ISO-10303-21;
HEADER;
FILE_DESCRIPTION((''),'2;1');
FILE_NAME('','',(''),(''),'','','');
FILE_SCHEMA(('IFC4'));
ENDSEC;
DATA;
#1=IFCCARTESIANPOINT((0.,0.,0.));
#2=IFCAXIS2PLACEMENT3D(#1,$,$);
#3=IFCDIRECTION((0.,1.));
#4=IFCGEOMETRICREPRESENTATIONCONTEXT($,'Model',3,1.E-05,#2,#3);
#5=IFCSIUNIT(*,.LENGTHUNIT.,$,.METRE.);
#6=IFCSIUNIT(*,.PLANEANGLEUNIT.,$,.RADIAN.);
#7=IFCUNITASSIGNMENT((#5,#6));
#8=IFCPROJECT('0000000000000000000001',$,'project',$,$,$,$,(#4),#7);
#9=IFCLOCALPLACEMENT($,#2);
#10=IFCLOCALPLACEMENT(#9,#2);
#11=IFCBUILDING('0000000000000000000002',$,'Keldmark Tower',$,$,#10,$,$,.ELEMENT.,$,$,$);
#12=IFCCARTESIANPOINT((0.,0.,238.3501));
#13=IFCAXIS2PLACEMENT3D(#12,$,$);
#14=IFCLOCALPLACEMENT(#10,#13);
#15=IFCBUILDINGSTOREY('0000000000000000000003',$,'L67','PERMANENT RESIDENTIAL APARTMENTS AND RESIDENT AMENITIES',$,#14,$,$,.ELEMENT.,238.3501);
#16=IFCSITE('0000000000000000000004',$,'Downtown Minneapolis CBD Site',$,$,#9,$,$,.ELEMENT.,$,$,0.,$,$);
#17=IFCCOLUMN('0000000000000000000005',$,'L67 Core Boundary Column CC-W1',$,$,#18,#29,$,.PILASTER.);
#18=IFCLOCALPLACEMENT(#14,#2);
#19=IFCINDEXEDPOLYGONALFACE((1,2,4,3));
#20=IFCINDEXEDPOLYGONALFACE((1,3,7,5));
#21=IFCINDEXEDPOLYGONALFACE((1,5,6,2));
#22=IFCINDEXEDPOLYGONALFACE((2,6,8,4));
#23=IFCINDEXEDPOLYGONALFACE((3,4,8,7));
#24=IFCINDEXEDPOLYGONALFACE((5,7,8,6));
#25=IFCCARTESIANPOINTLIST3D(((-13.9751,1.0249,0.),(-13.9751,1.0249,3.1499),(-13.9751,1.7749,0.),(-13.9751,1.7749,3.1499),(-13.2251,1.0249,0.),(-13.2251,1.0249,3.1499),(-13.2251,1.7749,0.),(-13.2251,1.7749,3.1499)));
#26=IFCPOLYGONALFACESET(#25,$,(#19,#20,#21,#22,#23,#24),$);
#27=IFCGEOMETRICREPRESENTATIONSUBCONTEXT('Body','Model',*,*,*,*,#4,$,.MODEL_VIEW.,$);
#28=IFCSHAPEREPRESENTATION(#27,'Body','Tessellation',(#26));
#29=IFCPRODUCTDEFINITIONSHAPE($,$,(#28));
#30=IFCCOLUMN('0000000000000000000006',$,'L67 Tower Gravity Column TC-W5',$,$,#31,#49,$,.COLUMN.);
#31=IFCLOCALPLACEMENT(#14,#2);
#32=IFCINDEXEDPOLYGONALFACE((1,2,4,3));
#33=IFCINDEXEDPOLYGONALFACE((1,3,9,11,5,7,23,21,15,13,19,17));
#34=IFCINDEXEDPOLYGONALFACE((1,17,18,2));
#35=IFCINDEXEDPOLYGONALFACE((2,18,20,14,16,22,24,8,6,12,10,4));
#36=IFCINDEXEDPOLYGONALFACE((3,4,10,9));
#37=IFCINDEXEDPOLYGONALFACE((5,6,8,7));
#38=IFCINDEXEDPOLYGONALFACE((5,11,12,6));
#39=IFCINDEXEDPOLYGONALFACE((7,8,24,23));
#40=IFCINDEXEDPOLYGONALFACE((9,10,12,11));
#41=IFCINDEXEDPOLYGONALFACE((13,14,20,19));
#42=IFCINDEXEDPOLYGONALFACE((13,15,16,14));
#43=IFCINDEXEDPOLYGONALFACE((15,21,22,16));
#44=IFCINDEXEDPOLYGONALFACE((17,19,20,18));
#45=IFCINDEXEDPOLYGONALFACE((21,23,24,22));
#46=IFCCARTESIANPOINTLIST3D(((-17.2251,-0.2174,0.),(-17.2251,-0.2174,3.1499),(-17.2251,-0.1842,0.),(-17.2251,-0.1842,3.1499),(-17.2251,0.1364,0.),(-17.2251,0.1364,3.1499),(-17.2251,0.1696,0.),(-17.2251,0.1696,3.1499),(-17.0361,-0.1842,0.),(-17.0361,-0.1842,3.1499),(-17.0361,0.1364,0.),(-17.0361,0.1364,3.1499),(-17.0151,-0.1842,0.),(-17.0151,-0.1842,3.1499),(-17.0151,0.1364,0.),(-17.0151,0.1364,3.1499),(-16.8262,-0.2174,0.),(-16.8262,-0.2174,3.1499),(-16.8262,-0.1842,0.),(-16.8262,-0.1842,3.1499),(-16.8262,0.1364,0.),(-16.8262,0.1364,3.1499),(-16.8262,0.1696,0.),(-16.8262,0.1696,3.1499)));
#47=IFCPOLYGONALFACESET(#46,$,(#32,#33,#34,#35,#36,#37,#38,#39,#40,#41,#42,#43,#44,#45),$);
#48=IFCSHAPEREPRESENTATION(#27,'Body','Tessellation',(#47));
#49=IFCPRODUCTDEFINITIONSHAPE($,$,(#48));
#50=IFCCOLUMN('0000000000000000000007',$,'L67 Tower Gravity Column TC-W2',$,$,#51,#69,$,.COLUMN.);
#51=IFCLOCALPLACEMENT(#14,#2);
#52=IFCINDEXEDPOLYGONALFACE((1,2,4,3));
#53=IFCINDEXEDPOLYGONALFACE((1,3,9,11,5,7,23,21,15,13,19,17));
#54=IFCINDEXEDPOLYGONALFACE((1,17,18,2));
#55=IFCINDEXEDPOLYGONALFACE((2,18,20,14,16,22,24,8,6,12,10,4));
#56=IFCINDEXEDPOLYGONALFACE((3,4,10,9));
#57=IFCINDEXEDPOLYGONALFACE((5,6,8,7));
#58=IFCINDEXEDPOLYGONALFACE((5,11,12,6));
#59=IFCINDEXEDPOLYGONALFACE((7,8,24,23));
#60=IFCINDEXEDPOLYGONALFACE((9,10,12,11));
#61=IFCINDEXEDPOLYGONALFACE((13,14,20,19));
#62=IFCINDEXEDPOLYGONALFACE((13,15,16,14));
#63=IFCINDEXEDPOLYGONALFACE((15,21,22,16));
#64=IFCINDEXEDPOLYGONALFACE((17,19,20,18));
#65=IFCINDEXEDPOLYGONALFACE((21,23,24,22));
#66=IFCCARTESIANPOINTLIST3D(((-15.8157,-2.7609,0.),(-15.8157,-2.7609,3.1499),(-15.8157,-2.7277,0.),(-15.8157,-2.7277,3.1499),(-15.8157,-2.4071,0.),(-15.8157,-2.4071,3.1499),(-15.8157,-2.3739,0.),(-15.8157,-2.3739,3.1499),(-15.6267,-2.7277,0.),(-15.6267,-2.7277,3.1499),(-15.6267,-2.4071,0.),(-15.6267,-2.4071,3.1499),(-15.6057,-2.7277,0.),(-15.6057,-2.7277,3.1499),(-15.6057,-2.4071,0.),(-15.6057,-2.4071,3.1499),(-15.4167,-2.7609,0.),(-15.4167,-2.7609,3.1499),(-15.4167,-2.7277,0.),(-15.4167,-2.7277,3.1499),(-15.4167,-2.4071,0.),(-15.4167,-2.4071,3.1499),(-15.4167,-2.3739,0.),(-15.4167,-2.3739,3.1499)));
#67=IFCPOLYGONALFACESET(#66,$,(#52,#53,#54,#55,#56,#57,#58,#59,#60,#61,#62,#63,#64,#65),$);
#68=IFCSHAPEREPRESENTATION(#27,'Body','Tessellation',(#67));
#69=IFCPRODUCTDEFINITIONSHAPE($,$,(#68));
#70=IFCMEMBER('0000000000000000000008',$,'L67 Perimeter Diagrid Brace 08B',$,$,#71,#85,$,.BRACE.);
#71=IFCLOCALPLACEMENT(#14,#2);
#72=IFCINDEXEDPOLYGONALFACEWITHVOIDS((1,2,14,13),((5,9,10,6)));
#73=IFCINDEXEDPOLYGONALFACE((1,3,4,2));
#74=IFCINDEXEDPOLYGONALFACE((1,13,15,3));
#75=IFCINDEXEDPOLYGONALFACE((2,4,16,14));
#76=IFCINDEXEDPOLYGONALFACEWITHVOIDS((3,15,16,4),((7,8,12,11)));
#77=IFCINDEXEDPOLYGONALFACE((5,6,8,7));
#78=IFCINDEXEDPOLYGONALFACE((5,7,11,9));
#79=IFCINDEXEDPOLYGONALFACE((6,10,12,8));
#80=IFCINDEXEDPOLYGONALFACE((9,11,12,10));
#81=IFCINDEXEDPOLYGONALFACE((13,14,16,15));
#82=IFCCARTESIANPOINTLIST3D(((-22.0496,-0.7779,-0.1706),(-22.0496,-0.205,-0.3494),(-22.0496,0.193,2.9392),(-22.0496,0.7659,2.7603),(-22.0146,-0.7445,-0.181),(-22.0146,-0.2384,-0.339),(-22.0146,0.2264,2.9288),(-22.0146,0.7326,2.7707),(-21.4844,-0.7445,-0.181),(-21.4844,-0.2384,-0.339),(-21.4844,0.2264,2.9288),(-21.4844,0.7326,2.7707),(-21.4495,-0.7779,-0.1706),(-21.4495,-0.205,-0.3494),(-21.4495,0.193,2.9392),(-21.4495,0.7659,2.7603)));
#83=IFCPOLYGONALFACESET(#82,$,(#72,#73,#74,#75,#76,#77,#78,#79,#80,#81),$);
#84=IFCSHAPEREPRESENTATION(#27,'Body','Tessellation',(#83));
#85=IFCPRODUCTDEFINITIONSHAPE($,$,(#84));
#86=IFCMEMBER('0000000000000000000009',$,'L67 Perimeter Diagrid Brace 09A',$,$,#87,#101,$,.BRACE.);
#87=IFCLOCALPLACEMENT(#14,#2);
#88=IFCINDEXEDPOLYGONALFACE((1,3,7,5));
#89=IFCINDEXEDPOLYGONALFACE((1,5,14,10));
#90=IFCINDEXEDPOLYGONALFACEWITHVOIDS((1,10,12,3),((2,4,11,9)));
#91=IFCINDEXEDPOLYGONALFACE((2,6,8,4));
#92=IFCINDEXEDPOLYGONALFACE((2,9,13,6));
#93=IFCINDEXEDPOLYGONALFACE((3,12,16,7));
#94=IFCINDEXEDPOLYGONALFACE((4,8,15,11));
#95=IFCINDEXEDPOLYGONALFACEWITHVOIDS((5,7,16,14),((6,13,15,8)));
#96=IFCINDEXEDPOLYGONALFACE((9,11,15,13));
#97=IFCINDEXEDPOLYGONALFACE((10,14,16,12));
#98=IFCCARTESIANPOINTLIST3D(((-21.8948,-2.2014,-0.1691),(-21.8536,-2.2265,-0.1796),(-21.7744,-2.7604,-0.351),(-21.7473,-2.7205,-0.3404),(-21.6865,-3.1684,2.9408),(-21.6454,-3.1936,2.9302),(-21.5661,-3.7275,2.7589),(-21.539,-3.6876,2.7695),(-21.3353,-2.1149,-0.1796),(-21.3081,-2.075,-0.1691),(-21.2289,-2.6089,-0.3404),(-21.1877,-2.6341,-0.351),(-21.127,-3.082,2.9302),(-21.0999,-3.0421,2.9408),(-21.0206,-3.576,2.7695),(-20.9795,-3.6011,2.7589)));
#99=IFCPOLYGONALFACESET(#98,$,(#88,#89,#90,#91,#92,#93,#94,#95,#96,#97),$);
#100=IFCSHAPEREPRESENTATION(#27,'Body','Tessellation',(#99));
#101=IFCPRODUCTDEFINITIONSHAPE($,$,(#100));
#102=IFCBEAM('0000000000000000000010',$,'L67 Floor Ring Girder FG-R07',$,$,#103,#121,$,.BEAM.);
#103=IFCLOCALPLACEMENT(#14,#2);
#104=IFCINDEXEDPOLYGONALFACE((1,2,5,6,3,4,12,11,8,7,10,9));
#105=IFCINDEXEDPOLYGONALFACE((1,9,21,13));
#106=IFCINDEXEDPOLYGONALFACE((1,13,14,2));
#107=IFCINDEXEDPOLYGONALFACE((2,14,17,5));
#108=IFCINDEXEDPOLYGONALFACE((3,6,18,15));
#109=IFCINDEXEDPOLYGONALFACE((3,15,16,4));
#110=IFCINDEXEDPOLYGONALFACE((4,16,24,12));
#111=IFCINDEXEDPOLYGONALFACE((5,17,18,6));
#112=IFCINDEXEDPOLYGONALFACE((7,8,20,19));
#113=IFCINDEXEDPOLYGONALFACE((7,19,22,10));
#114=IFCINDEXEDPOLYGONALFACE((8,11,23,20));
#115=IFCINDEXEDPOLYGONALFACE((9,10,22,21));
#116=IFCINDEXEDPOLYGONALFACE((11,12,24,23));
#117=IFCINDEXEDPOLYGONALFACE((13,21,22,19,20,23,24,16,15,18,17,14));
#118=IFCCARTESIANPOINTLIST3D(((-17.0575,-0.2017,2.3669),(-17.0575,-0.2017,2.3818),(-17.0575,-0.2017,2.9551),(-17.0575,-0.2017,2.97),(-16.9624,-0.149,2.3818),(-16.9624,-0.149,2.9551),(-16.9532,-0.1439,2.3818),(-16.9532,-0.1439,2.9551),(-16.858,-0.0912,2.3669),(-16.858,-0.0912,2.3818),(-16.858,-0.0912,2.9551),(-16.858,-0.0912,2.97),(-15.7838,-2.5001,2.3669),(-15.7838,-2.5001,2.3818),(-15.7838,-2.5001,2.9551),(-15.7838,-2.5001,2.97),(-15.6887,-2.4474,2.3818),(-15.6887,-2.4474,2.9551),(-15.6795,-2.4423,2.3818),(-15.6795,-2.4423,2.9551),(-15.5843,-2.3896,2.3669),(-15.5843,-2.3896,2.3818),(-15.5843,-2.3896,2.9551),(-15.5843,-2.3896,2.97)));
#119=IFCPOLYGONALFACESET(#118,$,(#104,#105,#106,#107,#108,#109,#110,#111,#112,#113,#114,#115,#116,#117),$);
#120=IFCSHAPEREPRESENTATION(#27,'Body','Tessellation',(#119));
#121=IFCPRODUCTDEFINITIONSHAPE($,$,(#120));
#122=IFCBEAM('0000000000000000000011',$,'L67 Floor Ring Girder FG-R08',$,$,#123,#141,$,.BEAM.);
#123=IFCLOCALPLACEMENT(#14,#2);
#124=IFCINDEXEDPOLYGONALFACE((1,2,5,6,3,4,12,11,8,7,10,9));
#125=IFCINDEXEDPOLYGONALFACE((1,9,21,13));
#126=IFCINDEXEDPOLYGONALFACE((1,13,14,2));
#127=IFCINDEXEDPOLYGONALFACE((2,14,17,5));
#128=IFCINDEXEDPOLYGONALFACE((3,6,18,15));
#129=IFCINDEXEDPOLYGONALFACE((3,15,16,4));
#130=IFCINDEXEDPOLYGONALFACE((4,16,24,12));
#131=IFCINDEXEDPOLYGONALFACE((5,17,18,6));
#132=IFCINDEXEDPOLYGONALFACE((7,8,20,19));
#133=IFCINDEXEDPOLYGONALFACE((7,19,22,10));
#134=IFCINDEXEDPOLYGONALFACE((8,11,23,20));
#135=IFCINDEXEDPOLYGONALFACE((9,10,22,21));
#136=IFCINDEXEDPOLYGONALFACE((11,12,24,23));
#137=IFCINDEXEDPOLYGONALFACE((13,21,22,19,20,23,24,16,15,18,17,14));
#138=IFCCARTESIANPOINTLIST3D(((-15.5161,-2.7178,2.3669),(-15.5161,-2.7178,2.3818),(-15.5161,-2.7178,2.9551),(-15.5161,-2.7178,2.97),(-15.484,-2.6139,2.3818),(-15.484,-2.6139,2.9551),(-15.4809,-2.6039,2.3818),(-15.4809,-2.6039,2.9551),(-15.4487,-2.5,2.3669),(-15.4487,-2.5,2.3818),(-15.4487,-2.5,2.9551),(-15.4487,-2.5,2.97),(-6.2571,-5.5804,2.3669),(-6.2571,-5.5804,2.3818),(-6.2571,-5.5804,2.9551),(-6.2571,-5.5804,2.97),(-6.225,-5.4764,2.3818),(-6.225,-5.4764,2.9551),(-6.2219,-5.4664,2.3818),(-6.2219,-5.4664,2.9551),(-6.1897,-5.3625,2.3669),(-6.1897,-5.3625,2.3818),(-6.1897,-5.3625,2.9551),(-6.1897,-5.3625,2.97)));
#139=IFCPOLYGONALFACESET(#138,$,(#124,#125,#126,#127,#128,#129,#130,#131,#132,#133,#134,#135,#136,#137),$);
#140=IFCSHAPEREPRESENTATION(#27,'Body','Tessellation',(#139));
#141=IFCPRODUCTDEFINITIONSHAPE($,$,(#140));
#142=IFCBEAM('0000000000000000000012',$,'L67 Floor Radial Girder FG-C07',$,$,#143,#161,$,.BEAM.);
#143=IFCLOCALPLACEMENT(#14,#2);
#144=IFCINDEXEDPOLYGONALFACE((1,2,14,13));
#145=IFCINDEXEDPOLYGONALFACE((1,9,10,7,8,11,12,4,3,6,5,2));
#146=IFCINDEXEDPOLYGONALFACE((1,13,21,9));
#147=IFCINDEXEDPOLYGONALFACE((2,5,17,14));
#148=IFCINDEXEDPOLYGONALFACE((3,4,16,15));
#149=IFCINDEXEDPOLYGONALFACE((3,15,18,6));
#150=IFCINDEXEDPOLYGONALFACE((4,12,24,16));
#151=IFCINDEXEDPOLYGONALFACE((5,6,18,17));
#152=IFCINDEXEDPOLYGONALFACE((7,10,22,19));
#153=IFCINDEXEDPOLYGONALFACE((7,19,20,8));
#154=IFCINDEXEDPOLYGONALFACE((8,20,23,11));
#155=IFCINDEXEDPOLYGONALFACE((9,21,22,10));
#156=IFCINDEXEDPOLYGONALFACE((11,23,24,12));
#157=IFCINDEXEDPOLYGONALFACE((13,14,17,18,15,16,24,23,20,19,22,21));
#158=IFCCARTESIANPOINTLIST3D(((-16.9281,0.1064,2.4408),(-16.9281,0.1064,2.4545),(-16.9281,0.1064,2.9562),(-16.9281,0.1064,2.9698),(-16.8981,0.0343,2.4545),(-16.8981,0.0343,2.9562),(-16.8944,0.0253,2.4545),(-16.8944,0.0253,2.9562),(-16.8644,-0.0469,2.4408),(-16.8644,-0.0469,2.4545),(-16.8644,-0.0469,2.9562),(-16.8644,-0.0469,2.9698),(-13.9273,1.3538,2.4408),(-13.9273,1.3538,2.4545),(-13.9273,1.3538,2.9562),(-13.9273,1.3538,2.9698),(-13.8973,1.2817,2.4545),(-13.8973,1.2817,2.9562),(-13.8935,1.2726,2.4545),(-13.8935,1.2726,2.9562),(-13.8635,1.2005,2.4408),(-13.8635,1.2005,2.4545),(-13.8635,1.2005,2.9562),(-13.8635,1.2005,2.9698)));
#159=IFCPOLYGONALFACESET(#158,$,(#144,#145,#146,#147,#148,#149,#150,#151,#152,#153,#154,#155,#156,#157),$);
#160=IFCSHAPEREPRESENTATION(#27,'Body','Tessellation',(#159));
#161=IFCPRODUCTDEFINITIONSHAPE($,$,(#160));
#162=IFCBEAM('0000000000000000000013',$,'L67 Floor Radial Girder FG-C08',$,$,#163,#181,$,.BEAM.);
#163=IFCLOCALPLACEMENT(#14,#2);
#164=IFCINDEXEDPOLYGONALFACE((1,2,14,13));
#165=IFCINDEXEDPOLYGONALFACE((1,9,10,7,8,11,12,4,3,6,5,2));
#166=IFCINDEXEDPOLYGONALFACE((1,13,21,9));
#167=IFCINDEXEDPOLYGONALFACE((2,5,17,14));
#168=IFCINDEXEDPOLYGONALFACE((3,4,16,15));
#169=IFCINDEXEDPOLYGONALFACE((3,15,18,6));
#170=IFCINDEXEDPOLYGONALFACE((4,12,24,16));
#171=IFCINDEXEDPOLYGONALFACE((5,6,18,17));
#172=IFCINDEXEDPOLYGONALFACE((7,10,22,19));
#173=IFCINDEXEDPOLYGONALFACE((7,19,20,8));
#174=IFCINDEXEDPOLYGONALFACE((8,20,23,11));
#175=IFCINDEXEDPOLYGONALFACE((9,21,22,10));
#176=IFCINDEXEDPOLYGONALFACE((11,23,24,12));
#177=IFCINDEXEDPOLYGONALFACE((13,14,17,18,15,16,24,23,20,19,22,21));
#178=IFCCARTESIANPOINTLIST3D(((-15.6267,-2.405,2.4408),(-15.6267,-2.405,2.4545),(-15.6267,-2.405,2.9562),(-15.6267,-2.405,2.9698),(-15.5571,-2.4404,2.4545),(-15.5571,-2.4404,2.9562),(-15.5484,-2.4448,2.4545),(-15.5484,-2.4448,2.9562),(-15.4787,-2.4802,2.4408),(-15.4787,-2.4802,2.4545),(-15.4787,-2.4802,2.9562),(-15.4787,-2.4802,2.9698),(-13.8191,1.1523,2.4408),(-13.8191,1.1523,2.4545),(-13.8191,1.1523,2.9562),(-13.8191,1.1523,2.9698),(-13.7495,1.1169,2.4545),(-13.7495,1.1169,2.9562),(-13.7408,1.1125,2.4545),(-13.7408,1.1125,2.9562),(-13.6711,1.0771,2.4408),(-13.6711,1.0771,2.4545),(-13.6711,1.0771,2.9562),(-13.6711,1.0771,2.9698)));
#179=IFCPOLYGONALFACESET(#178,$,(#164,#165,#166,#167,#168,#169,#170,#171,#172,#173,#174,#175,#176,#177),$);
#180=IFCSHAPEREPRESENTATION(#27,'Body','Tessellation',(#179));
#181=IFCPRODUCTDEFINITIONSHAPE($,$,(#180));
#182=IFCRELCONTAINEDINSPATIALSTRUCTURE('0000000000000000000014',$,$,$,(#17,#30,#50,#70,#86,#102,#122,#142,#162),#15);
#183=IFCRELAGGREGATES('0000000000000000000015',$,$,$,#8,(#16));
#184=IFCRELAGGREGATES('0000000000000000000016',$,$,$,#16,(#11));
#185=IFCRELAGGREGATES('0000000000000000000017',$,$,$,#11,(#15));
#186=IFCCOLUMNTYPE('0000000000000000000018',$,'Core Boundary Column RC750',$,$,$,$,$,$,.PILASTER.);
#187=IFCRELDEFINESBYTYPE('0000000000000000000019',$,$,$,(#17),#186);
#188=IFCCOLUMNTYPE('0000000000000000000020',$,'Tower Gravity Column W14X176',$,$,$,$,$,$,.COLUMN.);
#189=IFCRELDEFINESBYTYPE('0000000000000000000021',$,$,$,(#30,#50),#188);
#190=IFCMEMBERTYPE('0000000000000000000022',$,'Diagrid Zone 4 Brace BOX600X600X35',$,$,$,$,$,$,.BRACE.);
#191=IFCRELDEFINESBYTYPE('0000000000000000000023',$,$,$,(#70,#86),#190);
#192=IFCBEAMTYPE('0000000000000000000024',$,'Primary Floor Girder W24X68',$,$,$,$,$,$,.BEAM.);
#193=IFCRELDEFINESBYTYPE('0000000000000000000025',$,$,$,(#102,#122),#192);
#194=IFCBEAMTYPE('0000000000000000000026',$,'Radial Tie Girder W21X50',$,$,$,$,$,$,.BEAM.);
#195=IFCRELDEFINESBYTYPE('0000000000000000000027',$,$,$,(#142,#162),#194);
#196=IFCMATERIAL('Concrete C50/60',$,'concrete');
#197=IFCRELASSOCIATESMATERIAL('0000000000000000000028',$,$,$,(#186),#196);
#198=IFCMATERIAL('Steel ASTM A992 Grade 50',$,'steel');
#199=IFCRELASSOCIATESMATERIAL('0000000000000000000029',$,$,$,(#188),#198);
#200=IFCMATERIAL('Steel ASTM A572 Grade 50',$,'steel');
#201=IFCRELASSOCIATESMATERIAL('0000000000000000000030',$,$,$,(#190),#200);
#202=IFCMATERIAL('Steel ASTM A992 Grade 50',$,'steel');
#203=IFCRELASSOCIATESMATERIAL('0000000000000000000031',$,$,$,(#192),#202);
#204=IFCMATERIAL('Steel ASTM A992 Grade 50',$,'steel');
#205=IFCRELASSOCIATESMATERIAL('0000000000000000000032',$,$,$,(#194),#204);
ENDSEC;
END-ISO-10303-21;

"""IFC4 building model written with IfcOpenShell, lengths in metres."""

from ifc_helpers import new_model, si_unit, direction, frame, origin, origin_2d, place, context, subcontext, project, spatial, rectangle, hollow_rectangle, i_section, extrude, material, material_profile, profile_set, type_object, element, save


model = new_model("IFC4")

# Units and contexts
model_context = context("Model", 3, precision=1e-05, world=origin(), true_north=direction((0.0, 1.0)))
body_context = subcontext(model_context, "Body", "Model", "MODEL_VIEW")
ifc_project = project(units=[si_unit("LENGTHUNIT", "METRE"), si_unit("PLANEANGLEUNIT", "RADIAN")], contexts=[model_context])

# Site, building, storey
site_placement = place(None, origin())
site = spatial("IfcSite", under=ifc_project, at=site_placement, Name="Downtown Minneapolis CBD Site", CompositionType="ELEMENT", RefElevation=0.0)
building_placement = place(site_placement, origin())
building = spatial("IfcBuilding", under=site, at=building_placement, Name="Keldmark Tower", CompositionType="ELEMENT")
storey_placement = place(building_placement, frame((0.0, 0.0, 238.3501)))
storey = spatial("IfcBuildingStorey", under=building, at=storey_placement, Name="L67", Description="PERMANENT RESIDENTIAL APARTMENTS AND RESIDENT AMENITIES", CompositionType="ELEMENT", Elevation=238.3501)

# Columns
ifc_material_1 = material(Name="Concrete C50/60", Category="concrete")
ifc_material_profile_1 = material_profile(ifc_material_1, rectangle(XDim=0.75, YDim=0.75, at=origin_2d()), Name="RC750X750")
ifc_profile_set_1 = profile_set([ifc_material_profile_1], Name="Concrete C50/60")
column_type_1 = type_object("IfcColumnType", Name="Core Boundary Column RC750", PredefinedType="PILASTER", material=ifc_profile_set_1)
column_placement = place(storey_placement, frame((-13.6001, 1.3999, 0.0), z_axis=(0.0, 0.0, 1.0), x_axis=(1.0, 0.0, 0.0)))
element("IfcColumn", 1, at=column_placement, inside=storey, type_object=column_type_1, Name="L67 Core Boundary Column CC-W1", PredefinedType="PILASTER", context=body_context, shape_type="SweptSolid", body=[
    extrude(rectangle(XDim=0.75, YDim=0.75, at=origin_2d()), origin(), (0.0, 0.0, 1.0), 3.1499),
])
ifc_material_2 = material(Name="Steel ASTM A992 Grade 50", Category="steel")
ifc_material_profile_2 = material_profile(ifc_material_2, i_section(OverallWidth=0.3989, OverallDepth=0.387, WebThickness=0.021, FlangeThickness=0.0332, at=origin_2d()), Name="W14X176")
ifc_profile_set_2 = profile_set([ifc_material_profile_2], Name="Steel ASTM A992 Grade 50")
column_type_2 = type_object("IfcColumnType", Name="Tower Gravity Column W14X176", PredefinedType="COLUMN", material=ifc_profile_set_2)
for number, where, z_axis, x_axis, name in (
    (2, (-17.0256, -0.0239, 0.0), (0.0, 0.0, 1.0), (1.0, 0.0, 0.0), "L67 Tower Gravity Column TC-W5"),
    (3, (-15.6162, -2.5674, 0.0), (0.0, 0.0, 1.0), (1.0, 0.0, 0.0), "L67 Tower Gravity Column TC-W2"),
):
    element("IfcColumn", number, at=place(storey_placement, frame(where, z_axis=z_axis, x_axis=x_axis)), inside=storey, type_object=column_type_2, Name=name, PredefinedType="COLUMN", context=body_context, shape_type="SweptSolid", body=[
        extrude(i_section(OverallWidth=0.3989, OverallDepth=0.387, WebThickness=0.021, FlangeThickness=0.0332, at=origin_2d()), origin(), (0.0, 0.0, 1.0), 3.1499),
    ])

# Members
ifc_material_3 = material(Name="Steel ASTM A572 Grade 50", Category="steel")
ifc_material_profile_3 = material_profile(ifc_material_3, hollow_rectangle(XDim=0.6001, YDim=0.6001, WallThickness=0.0349, at=origin_2d()), Name="BOX600X600X35")
ifc_profile_set_3 = profile_set([ifc_material_profile_3], Name="Steel ASTM A572 Grade 50")
member_type = type_object("IfcMemberType", Name="Diagrid Zone 4 Brace BOX600X600X35", PredefinedType="BRACE", material=ifc_profile_set_3)
member_1_placement = place(storey_placement, frame((-21.7495, -0.4915, -0.26), z_axis=(0.0, 0.298028, 0.954557), x_axis=(-1.0, 0.0, 0.0)))
element("IfcMember", 4, at=member_1_placement, inside=storey, type_object=member_type, Name="L67 Perimeter Diagrid Brace 08B", PredefinedType="BRACE", context=body_context, shape_type="SweptSolid", body=[
    extrude(hollow_rectangle(XDim=0.6001, YDim=0.6001, WallThickness=0.0349, at=origin_2d()), origin(), (0.0, 0.0, 1.0), 3.2578),
])
member_2_placement = place(storey_placement, frame((-21.5413, -2.4177, -0.26), z_axis=(0.063814, -0.296329, 0.952952), x_axis=(0.977589, 0.210523, 0.0)))
element("IfcMember", 5, at=member_2_placement, inside=storey, type_object=member_type, Name="L67 Perimeter Diagrid Brace 09A", PredefinedType="BRACE", context=body_context, shape_type="SweptSolid", body=[
    extrude(hollow_rectangle(XDim=0.6001, YDim=0.6001, WallThickness=0.0349, at=origin_2d()), origin(), (0.0, 0.0, 1.0), 3.2634),
])

# Beams
ifc_material_4 = material(Name="Steel ASTM A992 Grade 50", Category="steel")
ifc_material_profile_4 = material_profile(ifc_material_4, i_section(OverallWidth=0.228, OverallDepth=0.603, WebThickness=0.0105, FlangeThickness=0.0149, at=origin_2d()), Name="W24X68")
ifc_profile_set_4 = profile_set([ifc_material_profile_4], Name="Steel ASTM A992 Grade 50")
beam_type_1 = type_object("IfcBeamType", Name="Primary Floor Girder W24X68", PredefinedType="BEAM", material=ifc_profile_set_4)
beam_1_placement = place(storey_placement, frame((-16.9578, -0.1465, 2.6685), z_axis=(0.48472, -0.87467, 0.0), x_axis=(0.87467, 0.48472, 0.0)))
element("IfcBeam", 6, at=beam_1_placement, inside=storey, type_object=beam_type_1, Name="L67 Floor Ring Girder FG-R07", PredefinedType="BEAM", context=body_context, shape_type="SweptSolid", body=[
    extrude(i_section(OverallWidth=0.228, OverallDepth=0.603, WebThickness=0.0105, FlangeThickness=0.0149, at=origin_2d()), origin(), (0.0, 0.0, 1.0), 2.6277),
])
beam_2_placement = place(storey_placement, frame((-15.4824, -2.6089, 2.6685), z_axis=(0.955383, -0.295369, 0.0), x_axis=(0.295369, 0.955383, 0.0)))
element("IfcBeam", 7, at=beam_2_placement, inside=storey, type_object=beam_type_1, Name="L67 Floor Ring Girder FG-R08", PredefinedType="BEAM", context=body_context, shape_type="SweptSolid", body=[
    extrude(i_section(OverallWidth=0.228, OverallDepth=0.603, WebThickness=0.0105, FlangeThickness=0.0149, at=origin_2d()), origin(), (0.0, 0.0, 1.0), 9.6914),
])
ifc_material_5 = material(Name="Steel ASTM A992 Grade 50", Category="steel")
ifc_material_profile_5 = material_profile(ifc_material_5, i_section(OverallWidth=0.166, OverallDepth=0.5291, WebThickness=0.0098, FlangeThickness=0.0137, at=origin_2d()), Name="W21X50")
ifc_profile_set_5 = profile_set([ifc_material_profile_5], Name="Steel ASTM A992 Grade 50")
beam_type_2 = type_object("IfcBeamType", Name="Radial Tie Girder W21X50", PredefinedType="BEAM", material=ifc_profile_set_5)
beam_3_placement = place(storey_placement, frame((-16.8962, 0.0298, 2.7053), z_axis=(0.923403, 0.383831, 0.0), x_axis=(-0.383831, 0.923403, 0.0)))
element("IfcBeam", 8, at=beam_3_placement, inside=storey, type_object=beam_type_2, Name="L67 Floor Radial Girder FG-C07", PredefinedType="BEAM", context=body_context, shape_type="SweptSolid", body=[
    extrude(i_section(OverallWidth=0.166, OverallDepth=0.5291, WebThickness=0.0098, FlangeThickness=0.0137, at=origin_2d()), origin(), (0.0, 0.0, 1.0), 3.2498),
])
beam_4_placement = place(storey_placement, frame((-15.5527, -2.4426, 2.7053), z_axis=(0.453004, 0.891508, 0.0), x_axis=(-0.891508, 0.453004, 0.0)))
element("IfcBeam", 9, at=beam_4_placement, inside=storey, type_object=beam_type_2, Name="L67 Floor Radial Girder FG-C08", PredefinedType="BEAM", context=body_context, shape_type="SweptSolid", body=[
    extrude(i_section(OverallWidth=0.166, OverallDepth=0.5291, WebThickness=0.0098, FlangeThickness=0.0137, at=origin_2d()), origin(), (0.0, 0.0, 1.0), 3.9902),
])

save(model, "model.ifc")
